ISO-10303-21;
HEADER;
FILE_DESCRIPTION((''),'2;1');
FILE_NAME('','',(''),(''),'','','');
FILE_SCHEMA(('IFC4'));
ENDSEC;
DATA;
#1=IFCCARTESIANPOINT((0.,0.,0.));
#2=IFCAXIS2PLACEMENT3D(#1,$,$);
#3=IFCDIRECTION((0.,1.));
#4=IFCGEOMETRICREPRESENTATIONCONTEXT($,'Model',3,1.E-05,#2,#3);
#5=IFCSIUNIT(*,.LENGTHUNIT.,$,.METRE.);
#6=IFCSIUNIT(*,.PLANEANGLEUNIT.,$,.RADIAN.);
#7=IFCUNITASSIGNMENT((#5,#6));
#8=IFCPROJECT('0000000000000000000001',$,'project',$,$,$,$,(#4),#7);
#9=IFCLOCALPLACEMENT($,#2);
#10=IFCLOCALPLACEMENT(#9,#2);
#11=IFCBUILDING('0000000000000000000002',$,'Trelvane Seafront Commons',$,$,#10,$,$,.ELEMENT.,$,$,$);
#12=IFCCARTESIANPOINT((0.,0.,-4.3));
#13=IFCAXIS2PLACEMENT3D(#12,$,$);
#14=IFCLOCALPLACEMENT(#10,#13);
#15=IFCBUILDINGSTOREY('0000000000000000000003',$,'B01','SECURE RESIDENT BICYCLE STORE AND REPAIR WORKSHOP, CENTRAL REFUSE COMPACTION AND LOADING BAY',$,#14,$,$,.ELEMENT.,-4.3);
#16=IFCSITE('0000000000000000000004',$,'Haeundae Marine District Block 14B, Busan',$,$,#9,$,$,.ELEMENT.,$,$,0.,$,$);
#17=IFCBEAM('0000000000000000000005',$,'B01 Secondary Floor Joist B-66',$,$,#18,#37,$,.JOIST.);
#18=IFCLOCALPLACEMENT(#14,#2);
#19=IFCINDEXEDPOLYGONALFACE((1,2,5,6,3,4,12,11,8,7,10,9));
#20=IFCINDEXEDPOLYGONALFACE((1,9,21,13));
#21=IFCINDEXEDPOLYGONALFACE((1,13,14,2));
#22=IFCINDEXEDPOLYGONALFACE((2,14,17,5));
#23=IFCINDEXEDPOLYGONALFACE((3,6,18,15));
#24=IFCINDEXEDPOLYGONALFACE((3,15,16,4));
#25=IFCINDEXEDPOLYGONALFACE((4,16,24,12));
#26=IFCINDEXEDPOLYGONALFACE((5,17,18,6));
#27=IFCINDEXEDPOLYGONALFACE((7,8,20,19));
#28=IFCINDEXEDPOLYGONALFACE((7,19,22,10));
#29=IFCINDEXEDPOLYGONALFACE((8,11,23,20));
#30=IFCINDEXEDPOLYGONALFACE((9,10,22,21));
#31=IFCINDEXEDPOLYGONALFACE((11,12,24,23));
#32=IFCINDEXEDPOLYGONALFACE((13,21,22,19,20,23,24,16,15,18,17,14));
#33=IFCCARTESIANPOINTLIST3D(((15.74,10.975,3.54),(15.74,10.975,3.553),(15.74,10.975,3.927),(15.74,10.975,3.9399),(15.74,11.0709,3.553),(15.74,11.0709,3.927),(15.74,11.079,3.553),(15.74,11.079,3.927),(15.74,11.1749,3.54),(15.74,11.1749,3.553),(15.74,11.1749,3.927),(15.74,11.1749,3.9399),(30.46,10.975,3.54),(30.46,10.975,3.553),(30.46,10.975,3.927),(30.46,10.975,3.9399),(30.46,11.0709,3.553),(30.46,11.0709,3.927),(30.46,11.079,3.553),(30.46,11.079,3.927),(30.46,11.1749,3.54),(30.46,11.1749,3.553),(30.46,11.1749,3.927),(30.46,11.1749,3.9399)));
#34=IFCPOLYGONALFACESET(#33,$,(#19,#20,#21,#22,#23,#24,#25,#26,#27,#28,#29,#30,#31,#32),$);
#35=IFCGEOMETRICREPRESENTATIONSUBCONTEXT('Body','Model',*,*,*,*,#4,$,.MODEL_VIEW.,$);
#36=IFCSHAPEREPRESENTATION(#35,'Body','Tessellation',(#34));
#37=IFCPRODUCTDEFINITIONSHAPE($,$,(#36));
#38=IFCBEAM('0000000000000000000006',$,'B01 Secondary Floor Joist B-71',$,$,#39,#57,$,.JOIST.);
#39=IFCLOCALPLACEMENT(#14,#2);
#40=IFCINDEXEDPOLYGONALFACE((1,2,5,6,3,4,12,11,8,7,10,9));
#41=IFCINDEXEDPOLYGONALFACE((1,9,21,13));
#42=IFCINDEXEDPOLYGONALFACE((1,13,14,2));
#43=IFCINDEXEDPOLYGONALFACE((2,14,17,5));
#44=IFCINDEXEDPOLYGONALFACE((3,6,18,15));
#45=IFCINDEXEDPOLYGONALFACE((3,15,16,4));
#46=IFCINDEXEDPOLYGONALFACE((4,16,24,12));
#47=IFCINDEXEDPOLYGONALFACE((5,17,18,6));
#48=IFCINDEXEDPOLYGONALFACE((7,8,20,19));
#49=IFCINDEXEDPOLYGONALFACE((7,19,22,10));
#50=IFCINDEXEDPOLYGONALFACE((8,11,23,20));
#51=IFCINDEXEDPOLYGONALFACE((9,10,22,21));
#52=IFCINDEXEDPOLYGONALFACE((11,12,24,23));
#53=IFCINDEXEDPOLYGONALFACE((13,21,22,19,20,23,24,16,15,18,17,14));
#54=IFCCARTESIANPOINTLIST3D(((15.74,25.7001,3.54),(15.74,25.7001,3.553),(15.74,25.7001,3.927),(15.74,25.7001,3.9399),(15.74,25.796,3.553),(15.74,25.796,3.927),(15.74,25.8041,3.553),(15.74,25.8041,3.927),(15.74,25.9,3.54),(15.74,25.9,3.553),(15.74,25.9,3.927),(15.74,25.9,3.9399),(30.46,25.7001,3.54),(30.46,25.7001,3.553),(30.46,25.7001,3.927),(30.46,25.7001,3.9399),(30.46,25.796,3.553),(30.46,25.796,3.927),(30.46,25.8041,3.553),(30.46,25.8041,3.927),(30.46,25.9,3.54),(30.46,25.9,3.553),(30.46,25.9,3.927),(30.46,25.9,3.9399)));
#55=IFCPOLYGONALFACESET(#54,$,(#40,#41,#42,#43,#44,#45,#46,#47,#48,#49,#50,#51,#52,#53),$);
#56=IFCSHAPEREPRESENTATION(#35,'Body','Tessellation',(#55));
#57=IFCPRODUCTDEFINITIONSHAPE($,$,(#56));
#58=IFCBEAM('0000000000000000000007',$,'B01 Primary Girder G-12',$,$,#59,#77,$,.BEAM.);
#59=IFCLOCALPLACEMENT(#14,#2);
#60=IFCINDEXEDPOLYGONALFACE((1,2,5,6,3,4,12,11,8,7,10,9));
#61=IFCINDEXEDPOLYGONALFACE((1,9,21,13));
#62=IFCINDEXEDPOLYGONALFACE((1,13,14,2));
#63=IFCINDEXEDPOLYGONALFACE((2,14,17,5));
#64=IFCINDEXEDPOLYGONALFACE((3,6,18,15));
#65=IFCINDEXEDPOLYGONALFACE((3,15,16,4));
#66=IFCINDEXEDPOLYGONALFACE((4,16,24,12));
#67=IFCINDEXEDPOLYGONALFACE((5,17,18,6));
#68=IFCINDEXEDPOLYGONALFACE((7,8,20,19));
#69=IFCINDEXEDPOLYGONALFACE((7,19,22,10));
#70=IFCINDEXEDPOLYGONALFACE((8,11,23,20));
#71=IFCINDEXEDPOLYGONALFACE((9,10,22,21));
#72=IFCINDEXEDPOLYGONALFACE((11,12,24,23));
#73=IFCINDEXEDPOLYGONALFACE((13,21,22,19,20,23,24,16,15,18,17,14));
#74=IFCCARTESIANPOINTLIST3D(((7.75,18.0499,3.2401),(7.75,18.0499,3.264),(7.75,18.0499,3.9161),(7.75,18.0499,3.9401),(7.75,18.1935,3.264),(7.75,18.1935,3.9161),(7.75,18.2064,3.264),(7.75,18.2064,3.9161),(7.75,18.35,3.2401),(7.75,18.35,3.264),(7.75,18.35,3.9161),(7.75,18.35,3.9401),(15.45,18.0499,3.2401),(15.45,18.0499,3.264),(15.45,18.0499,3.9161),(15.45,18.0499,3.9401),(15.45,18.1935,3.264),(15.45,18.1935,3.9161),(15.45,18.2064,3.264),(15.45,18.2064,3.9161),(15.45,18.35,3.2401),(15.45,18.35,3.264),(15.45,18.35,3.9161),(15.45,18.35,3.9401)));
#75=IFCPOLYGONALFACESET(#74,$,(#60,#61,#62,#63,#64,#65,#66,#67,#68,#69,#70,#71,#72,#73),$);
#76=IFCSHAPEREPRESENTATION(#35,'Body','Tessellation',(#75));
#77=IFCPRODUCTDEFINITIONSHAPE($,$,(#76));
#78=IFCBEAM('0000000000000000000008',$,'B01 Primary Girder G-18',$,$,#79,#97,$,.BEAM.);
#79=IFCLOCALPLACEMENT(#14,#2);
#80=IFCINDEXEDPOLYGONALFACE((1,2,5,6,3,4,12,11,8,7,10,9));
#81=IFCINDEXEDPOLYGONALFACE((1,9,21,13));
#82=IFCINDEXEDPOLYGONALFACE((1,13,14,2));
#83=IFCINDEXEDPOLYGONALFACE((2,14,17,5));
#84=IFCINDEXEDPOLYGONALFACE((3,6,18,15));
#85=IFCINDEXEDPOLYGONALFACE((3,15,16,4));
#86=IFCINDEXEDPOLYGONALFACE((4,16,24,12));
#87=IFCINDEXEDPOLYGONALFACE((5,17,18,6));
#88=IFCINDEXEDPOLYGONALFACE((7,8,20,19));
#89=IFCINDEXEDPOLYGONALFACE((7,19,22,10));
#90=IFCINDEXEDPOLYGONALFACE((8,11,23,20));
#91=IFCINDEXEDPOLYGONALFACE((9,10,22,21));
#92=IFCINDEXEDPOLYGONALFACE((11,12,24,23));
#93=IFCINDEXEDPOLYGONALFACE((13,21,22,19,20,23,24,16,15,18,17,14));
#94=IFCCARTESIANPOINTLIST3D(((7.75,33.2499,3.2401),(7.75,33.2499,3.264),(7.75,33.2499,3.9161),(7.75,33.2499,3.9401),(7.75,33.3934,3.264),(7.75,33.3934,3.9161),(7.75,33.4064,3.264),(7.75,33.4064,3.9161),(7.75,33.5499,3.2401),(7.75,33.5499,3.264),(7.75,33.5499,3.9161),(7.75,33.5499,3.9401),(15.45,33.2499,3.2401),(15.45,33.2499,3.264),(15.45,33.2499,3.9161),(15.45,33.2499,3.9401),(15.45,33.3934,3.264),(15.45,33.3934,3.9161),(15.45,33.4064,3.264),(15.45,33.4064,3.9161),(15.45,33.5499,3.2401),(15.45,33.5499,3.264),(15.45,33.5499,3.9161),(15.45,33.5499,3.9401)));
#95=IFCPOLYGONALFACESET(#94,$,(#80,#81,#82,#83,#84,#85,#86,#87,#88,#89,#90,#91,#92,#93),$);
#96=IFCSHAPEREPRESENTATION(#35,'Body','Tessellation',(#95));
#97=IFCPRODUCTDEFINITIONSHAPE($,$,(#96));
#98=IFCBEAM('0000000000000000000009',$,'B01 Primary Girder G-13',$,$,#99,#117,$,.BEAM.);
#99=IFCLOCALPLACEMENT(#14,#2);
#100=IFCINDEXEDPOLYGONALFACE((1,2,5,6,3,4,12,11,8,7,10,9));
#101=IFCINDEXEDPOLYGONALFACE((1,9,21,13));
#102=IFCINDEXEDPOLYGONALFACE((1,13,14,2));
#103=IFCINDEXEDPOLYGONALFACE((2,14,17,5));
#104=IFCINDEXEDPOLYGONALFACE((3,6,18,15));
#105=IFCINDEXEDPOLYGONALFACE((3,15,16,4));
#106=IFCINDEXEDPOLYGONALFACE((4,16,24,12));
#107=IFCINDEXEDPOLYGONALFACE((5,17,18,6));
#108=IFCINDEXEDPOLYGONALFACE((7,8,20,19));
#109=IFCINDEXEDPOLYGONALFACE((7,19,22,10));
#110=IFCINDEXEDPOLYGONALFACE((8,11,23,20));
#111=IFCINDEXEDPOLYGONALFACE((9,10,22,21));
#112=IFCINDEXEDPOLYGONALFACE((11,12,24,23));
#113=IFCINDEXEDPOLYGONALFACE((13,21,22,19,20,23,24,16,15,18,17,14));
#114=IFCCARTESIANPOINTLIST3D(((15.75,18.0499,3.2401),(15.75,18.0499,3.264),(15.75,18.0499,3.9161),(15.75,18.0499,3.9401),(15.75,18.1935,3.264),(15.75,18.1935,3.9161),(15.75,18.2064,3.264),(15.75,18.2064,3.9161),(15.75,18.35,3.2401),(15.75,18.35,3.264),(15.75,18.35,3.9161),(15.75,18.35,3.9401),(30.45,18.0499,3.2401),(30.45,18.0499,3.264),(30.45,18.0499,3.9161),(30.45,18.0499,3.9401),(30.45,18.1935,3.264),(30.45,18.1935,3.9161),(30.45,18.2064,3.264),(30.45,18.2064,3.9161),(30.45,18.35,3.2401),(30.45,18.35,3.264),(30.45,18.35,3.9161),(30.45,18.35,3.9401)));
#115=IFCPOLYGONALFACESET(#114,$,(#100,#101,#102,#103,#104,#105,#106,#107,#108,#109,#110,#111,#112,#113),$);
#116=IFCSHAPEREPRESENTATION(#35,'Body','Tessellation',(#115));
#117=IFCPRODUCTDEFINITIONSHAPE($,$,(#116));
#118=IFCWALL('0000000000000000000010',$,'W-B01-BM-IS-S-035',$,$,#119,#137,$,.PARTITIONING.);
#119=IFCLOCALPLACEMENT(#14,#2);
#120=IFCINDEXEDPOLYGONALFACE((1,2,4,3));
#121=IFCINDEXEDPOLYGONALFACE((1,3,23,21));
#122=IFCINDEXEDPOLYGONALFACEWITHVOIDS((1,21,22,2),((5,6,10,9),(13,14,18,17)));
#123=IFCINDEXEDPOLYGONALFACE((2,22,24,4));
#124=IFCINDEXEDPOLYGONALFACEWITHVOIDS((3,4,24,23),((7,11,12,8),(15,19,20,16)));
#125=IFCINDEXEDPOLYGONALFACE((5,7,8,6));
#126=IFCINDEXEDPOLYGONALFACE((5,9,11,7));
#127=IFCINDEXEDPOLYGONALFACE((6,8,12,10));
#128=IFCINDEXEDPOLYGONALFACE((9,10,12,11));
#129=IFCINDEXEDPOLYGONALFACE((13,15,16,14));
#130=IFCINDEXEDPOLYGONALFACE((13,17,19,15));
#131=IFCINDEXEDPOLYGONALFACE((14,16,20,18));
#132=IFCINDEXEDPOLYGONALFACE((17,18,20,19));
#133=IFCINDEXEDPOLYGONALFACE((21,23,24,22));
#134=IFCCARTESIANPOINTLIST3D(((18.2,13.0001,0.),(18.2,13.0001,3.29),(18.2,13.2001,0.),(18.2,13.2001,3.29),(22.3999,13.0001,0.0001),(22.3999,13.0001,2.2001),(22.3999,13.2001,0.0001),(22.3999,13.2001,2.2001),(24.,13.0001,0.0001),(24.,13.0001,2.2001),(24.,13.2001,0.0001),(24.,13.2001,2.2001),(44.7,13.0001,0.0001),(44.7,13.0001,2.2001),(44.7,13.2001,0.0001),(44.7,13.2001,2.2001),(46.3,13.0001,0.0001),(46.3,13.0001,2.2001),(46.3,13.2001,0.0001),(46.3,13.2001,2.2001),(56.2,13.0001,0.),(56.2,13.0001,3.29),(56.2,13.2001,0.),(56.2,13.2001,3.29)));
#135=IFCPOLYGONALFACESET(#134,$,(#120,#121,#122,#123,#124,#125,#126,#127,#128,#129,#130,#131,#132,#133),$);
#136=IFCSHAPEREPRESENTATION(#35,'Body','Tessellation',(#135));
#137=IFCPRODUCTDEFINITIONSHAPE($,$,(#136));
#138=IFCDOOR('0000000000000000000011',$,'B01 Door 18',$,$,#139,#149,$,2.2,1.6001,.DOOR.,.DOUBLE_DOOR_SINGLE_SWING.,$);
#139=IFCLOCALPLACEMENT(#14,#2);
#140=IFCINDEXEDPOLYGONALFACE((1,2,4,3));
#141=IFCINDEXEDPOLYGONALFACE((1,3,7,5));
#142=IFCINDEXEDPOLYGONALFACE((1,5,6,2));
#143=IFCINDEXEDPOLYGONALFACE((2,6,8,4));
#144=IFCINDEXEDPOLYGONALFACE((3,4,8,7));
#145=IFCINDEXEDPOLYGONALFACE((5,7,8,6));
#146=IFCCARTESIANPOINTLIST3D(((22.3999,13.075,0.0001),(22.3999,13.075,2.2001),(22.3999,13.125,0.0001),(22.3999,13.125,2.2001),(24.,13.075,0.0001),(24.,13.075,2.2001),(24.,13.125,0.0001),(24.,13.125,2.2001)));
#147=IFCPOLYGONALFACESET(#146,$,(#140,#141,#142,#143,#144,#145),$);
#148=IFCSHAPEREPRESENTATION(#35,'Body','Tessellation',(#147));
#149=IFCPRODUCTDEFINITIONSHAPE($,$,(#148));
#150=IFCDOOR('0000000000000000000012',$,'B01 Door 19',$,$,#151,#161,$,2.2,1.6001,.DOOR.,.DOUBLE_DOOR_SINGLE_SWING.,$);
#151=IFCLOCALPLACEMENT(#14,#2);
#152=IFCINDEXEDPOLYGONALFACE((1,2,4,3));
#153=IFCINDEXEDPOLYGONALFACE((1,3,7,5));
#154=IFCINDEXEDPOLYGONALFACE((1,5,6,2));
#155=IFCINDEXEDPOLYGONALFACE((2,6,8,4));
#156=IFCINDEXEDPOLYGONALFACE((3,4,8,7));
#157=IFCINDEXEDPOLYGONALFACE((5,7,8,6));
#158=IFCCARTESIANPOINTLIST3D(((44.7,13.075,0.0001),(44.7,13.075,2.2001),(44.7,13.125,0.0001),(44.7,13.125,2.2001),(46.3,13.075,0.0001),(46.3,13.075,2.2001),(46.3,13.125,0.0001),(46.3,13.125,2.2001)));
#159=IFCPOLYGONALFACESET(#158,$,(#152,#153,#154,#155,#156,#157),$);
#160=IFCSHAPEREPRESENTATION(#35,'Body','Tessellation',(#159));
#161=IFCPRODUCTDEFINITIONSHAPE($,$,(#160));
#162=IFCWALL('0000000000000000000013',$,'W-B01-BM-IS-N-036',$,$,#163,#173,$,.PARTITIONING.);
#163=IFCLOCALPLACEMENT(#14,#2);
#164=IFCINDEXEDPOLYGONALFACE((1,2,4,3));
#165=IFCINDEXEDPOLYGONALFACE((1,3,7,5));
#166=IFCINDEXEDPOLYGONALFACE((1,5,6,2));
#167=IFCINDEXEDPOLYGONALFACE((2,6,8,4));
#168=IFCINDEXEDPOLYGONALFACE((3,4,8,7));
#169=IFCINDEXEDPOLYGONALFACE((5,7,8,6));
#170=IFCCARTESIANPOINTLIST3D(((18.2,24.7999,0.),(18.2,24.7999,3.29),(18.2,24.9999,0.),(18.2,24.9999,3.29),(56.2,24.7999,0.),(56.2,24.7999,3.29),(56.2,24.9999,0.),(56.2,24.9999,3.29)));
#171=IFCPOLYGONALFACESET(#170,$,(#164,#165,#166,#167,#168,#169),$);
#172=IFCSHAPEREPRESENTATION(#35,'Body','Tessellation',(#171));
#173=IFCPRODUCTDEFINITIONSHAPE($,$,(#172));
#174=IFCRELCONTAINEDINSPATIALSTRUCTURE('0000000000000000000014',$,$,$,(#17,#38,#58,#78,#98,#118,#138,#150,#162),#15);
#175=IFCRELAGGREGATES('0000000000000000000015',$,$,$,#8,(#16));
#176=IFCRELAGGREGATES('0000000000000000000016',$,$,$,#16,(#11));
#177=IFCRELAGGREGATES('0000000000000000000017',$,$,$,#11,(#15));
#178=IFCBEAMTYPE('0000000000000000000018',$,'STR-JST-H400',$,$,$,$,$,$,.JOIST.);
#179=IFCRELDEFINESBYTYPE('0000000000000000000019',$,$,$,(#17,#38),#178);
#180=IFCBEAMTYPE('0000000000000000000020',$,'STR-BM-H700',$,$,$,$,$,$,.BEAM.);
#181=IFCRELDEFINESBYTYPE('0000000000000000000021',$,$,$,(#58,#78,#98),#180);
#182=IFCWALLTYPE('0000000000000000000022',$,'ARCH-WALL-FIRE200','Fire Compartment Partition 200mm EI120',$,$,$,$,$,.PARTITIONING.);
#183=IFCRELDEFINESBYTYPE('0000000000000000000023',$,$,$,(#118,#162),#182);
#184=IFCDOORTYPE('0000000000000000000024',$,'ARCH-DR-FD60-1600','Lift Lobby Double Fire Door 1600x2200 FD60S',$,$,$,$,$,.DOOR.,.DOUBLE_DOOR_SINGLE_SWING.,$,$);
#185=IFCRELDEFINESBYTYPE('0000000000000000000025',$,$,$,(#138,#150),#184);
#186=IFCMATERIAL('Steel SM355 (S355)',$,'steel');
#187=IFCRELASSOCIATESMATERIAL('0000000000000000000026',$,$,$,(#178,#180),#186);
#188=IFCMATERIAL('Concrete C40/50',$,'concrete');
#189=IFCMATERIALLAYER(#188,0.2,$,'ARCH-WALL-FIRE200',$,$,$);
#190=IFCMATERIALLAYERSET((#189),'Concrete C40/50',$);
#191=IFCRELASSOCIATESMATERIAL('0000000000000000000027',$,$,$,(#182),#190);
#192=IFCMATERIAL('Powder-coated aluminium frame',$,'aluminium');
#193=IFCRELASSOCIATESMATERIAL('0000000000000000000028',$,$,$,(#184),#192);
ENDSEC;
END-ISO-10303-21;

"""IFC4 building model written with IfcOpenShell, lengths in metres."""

from ifc_helpers import new_model, si_unit, direction, frame, frame_2d, origin, origin_2d, place, context, subcontext, project, spatial, rectangle, i_section, extrude, source, transform, mapped, material, layer, layer_set, material_profile, profile_set, type_object, element, fill, save


model = new_model("IFC4")

# Units and contexts
model_context = context("Model", 3, precision=1e-05, world=origin(), true_north=direction((0.0, 1.0)))
body_context = subcontext(model_context, "Body", "Model", "MODEL_VIEW")
ifc_project = project(units=[si_unit("LENGTHUNIT", "METRE"), si_unit("PLANEANGLEUNIT", "RADIAN")], contexts=[model_context])

# Site, building, storey
site_placement = place(None, origin())
site = spatial("IfcSite", under=ifc_project, at=site_placement, Name="Haeundae Marine District Block 14B, Busan", CompositionType="ELEMENT", RefElevation=0.0)
building_placement = place(site_placement, origin())
building = spatial("IfcBuilding", under=site, at=building_placement, Name="Trelvane Seafront Commons", CompositionType="ELEMENT")
storey_placement = place(building_placement, frame((0.0, 0.0, -4.3)))
storey = spatial("IfcBuildingStorey", under=building, at=storey_placement, Name="B01", Description="SECURE RESIDENT BICYCLE STORE AND REPAIR WORKSHOP, CENTRAL REFUSE COMPACTION AND LOADING BAY", CompositionType="ELEMENT", Elevation=-4.3)

# Beams
ifc_material_1 = material(Name="Steel SM355 (S355)", Category="steel")
ifc_material_profile_1 = material_profile(ifc_material_1, i_section(OverallWidth=0.2, OverallDepth=0.3999, WebThickness=0.0081, FlangeThickness=0.0129, at=origin_2d()), Name="H-400x200x8x13")
ifc_profile_set_1 = profile_set([ifc_material_profile_1], Name="Steel SM355 (S355)")
beam_type_1 = type_object("IfcBeamType", Name="STR-JST-H400", PredefinedType="JOIST", material=ifc_profile_set_1)
shared_shape_1 = source(origin(), body_context, "Body", "SweptSolid", [
    extrude(i_section(OverallWidth=0.2, OverallDepth=0.3999, WebThickness=0.0081, FlangeThickness=0.0129, at=origin_2d()), origin(), (0.0, 0.0, 1.0), 14.72),
])
for number, where, z_axis, x_axis, name in (
    (1, (15.74, 11.075, 3.74), (1.0, 0.0, 0.0), (0.0, 1.0, 0.0), "B01 Secondary Floor Joist B-66"),
    (2, (15.74, 25.8, 3.74), (1.0, 0.0, 0.0), (0.0, 1.0, 0.0), "B01 Secondary Floor Joist B-71"),
):
    element("IfcBeam", number, at=place(storey_placement, frame(where, z_axis=z_axis, x_axis=x_axis)), inside=storey, type_object=beam_type_1, Name=name, PredefinedType="JOIST", context=body_context, shape_type="MappedRepresentation", body=[
        mapped(shared_shape_1, transform((0.0, 0.0, 0.0), x_axis=(1.0, 0.0, 0.0), y_axis=(0.0, 1.0, 0.0), z_axis=(0.0, 0.0, 1.0), scale=1.0)),
    ])
ifc_material_profile_2 = material_profile(ifc_material_1, i_section(OverallWidth=0.3, OverallDepth=0.7, WebThickness=0.0129, FlangeThickness=0.0239, at=origin_2d()), Name="H-700x300x13x24")
ifc_profile_set_2 = profile_set([ifc_material_profile_2], Name="Steel SM355 (S355)")
beam_type_2 = type_object("IfcBeamType", Name="STR-BM-H700", PredefinedType="BEAM", material=ifc_profile_set_2)
shared_shape_2 = source(origin(), body_context, "Body", "SweptSolid", [
    extrude(i_section(OverallWidth=0.3, OverallDepth=0.7, WebThickness=0.0129, FlangeThickness=0.0239, at=origin_2d()), origin(), (0.0, 0.0, 1.0), 7.7),
])
for number, where, z_axis, x_axis, name in (
    (3, (7.75, 18.2, 3.5901), (1.0, 0.0, 0.0), (0.0, 1.0, 0.0), "B01 Primary Girder G-12"),
    (4, (7.75, 33.3999, 3.5901), (1.0, 0.0, 0.0), (0.0, 1.0, 0.0), "B01 Primary Girder G-18"),
):
    element("IfcBeam", number, at=place(storey_placement, frame(where, z_axis=z_axis, x_axis=x_axis)), inside=storey, type_object=beam_type_2, Name=name, PredefinedType="BEAM", context=body_context, shape_type="MappedRepresentation", body=[
        mapped(shared_shape_2, transform((0.0, 0.0, 0.0), x_axis=(1.0, 0.0, 0.0), y_axis=(0.0, 1.0, 0.0), z_axis=(0.0, 0.0, 1.0), scale=1.0)),
    ])
shared_shape_3 = source(origin(), body_context, "Body", "SweptSolid", [
    extrude(i_section(OverallWidth=0.3, OverallDepth=0.7, WebThickness=0.0129, FlangeThickness=0.0239, at=origin_2d()), origin(), (0.0, 0.0, 1.0), 14.7),
])
beam_placement = place(storey_placement, frame((15.75, 18.2, 3.5901), z_axis=(1.0, 0.0, 0.0), x_axis=(0.0, 1.0, 0.0)))
element("IfcBeam", 5, at=beam_placement, inside=storey, type_object=beam_type_2, Name="B01 Primary Girder G-13", PredefinedType="BEAM", context=body_context, shape_type="MappedRepresentation", body=[
    mapped(shared_shape_3, transform((0.0, 0.0, 0.0), x_axis=(1.0, 0.0, 0.0), y_axis=(0.0, 1.0, 0.0), z_axis=(0.0, 0.0, 1.0), scale=1.0)),
])

# Wall, openings, doors
ifc_material_2 = material(Name="Concrete C40/50", Category="concrete")
ifc_layer_1 = layer(ifc_material_2, 0.2, Name="ARCH-WALL-FIRE200")
ifc_layer_set_1 = layer_set([ifc_layer_1], Name="Concrete C40/50")
wall_type_1 = type_object("IfcWallType", Name="ARCH-WALL-FIRE200", Description="Fire Compartment Partition 200mm EI120", PredefinedType="PARTITIONING", material=ifc_layer_set_1)
wall_1_placement = place(storey_placement, frame((18.2, 13.1001, 0.0), z_axis=(0.0, 0.0, 1.0), x_axis=(1.0, 0.0, 0.0)))
wall_1 = element("IfcWall", 6, at=wall_1_placement, inside=storey, type_object=wall_type_1, Name="W-B01-BM-IS-S-035", PredefinedType="PARTITIONING", context=body_context, shape_type="SweptSolid", body=[
    extrude(rectangle(XDim=38.0, YDim=0.2, at=frame_2d((19.0, 0.0))), origin(), (0.0, 0.0, 1.0), 3.29),
])
opening_1_placement = place(wall_1_placement, frame((4.2, 0.0, 0.0)))
opening_1 = element("IfcOpeningElement", 7, at=opening_1_placement, cuts=wall_1, PredefinedType="OPENING", context=body_context, shape_type="SweptSolid", body=[
    extrude(rectangle(XDim=1.6001, YDim=2.2, at=frame_2d((0.8, 1.1001))), frame((0.0, 0.1099, 0.0), z_axis=(0.0, -1.0, 0.0), x_axis=(1.0, 0.0, 0.0)), (0.0, 0.0, 1.0), 0.22),
])
opening_2_placement = place(wall_1_placement, frame((26.5, 0.0, 0.0)))
opening_2 = element("IfcOpeningElement", 8, at=opening_2_placement, cuts=wall_1, PredefinedType="OPENING", context=body_context, shape_type="SweptSolid", body=[
    extrude(rectangle(XDim=1.6001, YDim=2.2, at=frame_2d((0.8, 1.1001))), frame((0.0, 0.1099, 0.0), z_axis=(0.0, -1.0, 0.0), x_axis=(1.0, 0.0, 0.0)), (0.0, 0.0, 1.0), 0.22),
])
ifc_material_3 = material(Name="Powder-coated aluminium frame", Category="aluminium")
door_type_1 = type_object("IfcDoorType", Name="ARCH-DR-FD60-1600", Description="Lift Lobby Double Fire Door 1600x2200 FD60S", OperationType="DOUBLE_DOOR_SINGLE_SWING", PredefinedType="DOOR", material=ifc_material_3)
shared_shape_4 = source(origin(), body_context, "Body", "SweptSolid", [
    extrude(rectangle(XDim=1.6001, YDim=2.2, at=frame_2d((0.8, 1.1001))), frame((0.0, 0.0249, 0.0), z_axis=(0.0, -1.0, 0.0), x_axis=(1.0, 0.0, 0.0)), (0.0, 0.0, 1.0), 0.05),
])
door_1_placement = place(opening_1_placement, origin())
door_1 = element("IfcDoor", 9, at=door_1_placement, inside=storey, type_object=door_type_1, Name="B01 Door 18", OperationType="DOUBLE_DOOR_SINGLE_SWING", OverallHeight=2.2, OverallWidth=1.6001, PredefinedType="DOOR", context=body_context, shape_type="MappedRepresentation", body=[
    mapped(shared_shape_4, transform((0.0, 0.0, 0.0), x_axis=(1.0, 0.0, 0.0), y_axis=(0.0, 1.0, 0.0), z_axis=(0.0, 0.0, 1.0), scale=1.0)),
])
fill(opening_1, door_1)
door_2_placement = place(opening_2_placement, origin())
door_2 = element("IfcDoor", 10, at=door_2_placement, inside=storey, type_object=door_type_1, Name="B01 Door 19", OperationType="DOUBLE_DOOR_SINGLE_SWING", OverallHeight=2.2, OverallWidth=1.6001, PredefinedType="DOOR", context=body_context, shape_type="MappedRepresentation", body=[
    mapped(shared_shape_4, transform((0.0, 0.0, 0.0), x_axis=(1.0, 0.0, 0.0), y_axis=(0.0, 1.0, 0.0), z_axis=(0.0, 0.0, 1.0), scale=1.0)),
])
fill(opening_2, door_2)

# Wall
wall_2_placement = place(storey_placement, frame((18.2, 24.8999, 0.0), z_axis=(0.0, 0.0, 1.0), x_axis=(1.0, 0.0, 0.0)))
element("IfcWall", 11, at=wall_2_placement, inside=storey, type_object=wall_type_1, Name="W-B01-BM-IS-N-036", PredefinedType="PARTITIONING", context=body_context, shape_type="SweptSolid", body=[
    extrude(rectangle(XDim=38.0, YDim=0.2, at=frame_2d((19.0, 0.0))), origin(), (0.0, 0.0, 1.0), 3.29),
])

save(model, "model.ifc")
